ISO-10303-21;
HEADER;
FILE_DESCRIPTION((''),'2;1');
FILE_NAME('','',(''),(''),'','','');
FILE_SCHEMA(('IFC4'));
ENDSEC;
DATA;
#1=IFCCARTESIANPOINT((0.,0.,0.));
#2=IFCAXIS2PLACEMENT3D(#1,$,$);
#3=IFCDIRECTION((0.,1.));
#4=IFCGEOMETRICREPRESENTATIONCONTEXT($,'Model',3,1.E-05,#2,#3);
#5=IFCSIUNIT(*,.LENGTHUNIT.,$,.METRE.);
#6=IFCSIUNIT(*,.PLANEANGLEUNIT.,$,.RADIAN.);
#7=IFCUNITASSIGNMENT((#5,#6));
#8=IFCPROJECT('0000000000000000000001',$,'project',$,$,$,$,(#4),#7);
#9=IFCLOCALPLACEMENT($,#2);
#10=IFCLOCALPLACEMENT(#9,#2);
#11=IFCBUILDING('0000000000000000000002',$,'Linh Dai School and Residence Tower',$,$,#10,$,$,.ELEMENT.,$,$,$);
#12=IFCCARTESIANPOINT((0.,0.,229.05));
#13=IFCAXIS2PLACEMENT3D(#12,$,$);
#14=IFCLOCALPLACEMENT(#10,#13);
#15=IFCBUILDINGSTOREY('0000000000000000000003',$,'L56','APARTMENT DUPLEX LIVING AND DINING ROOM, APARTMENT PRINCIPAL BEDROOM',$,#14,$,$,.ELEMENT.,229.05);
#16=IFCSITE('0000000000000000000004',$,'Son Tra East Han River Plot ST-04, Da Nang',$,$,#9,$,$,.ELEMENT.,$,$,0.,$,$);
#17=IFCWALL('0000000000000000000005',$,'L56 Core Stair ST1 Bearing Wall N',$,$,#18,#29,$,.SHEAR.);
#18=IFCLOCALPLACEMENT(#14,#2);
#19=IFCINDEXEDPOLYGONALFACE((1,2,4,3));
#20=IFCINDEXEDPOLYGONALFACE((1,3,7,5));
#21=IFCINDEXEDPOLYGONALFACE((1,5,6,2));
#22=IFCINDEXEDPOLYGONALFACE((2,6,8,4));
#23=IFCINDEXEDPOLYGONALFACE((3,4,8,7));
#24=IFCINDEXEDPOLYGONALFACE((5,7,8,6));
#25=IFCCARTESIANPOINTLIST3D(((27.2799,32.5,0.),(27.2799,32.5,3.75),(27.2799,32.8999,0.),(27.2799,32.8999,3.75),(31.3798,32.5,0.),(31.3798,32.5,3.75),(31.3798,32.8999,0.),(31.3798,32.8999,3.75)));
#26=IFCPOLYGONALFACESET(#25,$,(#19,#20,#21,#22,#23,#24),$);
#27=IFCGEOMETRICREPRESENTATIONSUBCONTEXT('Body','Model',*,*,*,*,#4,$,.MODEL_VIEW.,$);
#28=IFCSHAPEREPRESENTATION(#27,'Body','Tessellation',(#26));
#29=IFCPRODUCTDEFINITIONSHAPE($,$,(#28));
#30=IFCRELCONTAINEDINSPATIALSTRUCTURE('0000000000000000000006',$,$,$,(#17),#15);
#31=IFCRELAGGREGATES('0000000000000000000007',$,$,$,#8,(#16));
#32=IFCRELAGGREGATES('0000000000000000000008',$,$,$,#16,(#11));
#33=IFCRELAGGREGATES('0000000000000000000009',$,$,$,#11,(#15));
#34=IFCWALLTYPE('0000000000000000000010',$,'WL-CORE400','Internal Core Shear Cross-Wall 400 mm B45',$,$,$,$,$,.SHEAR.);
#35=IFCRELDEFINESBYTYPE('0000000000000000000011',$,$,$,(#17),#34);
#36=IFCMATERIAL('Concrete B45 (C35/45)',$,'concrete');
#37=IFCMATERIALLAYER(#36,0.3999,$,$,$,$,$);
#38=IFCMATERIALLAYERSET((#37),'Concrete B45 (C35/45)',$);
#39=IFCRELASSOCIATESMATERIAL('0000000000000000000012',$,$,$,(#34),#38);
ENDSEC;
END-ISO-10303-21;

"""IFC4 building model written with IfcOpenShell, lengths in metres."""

from ifc_helpers import new_model, si_unit, direction, frame, frame_2d, origin, place, context, subcontext, project, spatial, rectangle, extrude, material, layer, layer_set, type_object, element, save


model = new_model("IFC4")

# Units and contexts
model_context = context("Model", 3, precision=1e-05, world=origin(), true_north=direction((0.0, 1.0)))
body_context = subcontext(model_context, "Body", "Model", "MODEL_VIEW")
ifc_project = project(units=[si_unit("LENGTHUNIT", "METRE"), si_unit("PLANEANGLEUNIT", "RADIAN")], contexts=[model_context])

# Site, building, storey
site_placement = place(None, origin())
site = spatial("IfcSite", under=ifc_project, at=site_placement, Name="Son Tra East Han River Plot ST-04, Da Nang", CompositionType="ELEMENT", RefElevation=0.0)
building_placement = place(site_placement, origin())
building = spatial("IfcBuilding", under=site, at=building_placement, Name="Linh Dai School and Residence Tower", CompositionType="ELEMENT")
storey_placement = place(building_placement, frame((0.0, 0.0, 229.05)))
storey = spatial("IfcBuildingStorey", under=building, at=storey_placement, Name="L56", Description="APARTMENT DUPLEX LIVING AND DINING ROOM, APARTMENT PRINCIPAL BEDROOM", CompositionType="ELEMENT", Elevation=229.05)

# Wall
ifc_material_1 = material(Name="Concrete B45 (C35/45)", Category="concrete")
ifc_layer_1 = layer(ifc_material_1, 0.3999)
ifc_layer_set_1 = layer_set([ifc_layer_1], Name="Concrete B45 (C35/45)")
wall_type_1 = type_object("IfcWallType", Name="WL-CORE400", Description="Internal Core Shear Cross-Wall 400 mm B45", PredefinedType="SHEAR", material=ifc_layer_set_1)
wall_1_placement = place(storey_placement, frame((27.28, 32.7, 0.0), z_axis=(0.0, 0.0, 1.0), x_axis=(1.0, 0.0, 0.0)))
element("IfcWall", 1, at=wall_1_placement, inside=storey, type_object=wall_type_1, Name="L56 Core Stair ST1 Bearing Wall N", PredefinedType="SHEAR", context=body_context, shape_type="SweptSolid", body=[
    extrude(rectangle(XDim=4.0999, YDim=0.3999, at=frame_2d((2.0498, 0.0))), origin(), (0.0, 0.0, 1.0), 3.75),
])

save(model, "model.ifc")
